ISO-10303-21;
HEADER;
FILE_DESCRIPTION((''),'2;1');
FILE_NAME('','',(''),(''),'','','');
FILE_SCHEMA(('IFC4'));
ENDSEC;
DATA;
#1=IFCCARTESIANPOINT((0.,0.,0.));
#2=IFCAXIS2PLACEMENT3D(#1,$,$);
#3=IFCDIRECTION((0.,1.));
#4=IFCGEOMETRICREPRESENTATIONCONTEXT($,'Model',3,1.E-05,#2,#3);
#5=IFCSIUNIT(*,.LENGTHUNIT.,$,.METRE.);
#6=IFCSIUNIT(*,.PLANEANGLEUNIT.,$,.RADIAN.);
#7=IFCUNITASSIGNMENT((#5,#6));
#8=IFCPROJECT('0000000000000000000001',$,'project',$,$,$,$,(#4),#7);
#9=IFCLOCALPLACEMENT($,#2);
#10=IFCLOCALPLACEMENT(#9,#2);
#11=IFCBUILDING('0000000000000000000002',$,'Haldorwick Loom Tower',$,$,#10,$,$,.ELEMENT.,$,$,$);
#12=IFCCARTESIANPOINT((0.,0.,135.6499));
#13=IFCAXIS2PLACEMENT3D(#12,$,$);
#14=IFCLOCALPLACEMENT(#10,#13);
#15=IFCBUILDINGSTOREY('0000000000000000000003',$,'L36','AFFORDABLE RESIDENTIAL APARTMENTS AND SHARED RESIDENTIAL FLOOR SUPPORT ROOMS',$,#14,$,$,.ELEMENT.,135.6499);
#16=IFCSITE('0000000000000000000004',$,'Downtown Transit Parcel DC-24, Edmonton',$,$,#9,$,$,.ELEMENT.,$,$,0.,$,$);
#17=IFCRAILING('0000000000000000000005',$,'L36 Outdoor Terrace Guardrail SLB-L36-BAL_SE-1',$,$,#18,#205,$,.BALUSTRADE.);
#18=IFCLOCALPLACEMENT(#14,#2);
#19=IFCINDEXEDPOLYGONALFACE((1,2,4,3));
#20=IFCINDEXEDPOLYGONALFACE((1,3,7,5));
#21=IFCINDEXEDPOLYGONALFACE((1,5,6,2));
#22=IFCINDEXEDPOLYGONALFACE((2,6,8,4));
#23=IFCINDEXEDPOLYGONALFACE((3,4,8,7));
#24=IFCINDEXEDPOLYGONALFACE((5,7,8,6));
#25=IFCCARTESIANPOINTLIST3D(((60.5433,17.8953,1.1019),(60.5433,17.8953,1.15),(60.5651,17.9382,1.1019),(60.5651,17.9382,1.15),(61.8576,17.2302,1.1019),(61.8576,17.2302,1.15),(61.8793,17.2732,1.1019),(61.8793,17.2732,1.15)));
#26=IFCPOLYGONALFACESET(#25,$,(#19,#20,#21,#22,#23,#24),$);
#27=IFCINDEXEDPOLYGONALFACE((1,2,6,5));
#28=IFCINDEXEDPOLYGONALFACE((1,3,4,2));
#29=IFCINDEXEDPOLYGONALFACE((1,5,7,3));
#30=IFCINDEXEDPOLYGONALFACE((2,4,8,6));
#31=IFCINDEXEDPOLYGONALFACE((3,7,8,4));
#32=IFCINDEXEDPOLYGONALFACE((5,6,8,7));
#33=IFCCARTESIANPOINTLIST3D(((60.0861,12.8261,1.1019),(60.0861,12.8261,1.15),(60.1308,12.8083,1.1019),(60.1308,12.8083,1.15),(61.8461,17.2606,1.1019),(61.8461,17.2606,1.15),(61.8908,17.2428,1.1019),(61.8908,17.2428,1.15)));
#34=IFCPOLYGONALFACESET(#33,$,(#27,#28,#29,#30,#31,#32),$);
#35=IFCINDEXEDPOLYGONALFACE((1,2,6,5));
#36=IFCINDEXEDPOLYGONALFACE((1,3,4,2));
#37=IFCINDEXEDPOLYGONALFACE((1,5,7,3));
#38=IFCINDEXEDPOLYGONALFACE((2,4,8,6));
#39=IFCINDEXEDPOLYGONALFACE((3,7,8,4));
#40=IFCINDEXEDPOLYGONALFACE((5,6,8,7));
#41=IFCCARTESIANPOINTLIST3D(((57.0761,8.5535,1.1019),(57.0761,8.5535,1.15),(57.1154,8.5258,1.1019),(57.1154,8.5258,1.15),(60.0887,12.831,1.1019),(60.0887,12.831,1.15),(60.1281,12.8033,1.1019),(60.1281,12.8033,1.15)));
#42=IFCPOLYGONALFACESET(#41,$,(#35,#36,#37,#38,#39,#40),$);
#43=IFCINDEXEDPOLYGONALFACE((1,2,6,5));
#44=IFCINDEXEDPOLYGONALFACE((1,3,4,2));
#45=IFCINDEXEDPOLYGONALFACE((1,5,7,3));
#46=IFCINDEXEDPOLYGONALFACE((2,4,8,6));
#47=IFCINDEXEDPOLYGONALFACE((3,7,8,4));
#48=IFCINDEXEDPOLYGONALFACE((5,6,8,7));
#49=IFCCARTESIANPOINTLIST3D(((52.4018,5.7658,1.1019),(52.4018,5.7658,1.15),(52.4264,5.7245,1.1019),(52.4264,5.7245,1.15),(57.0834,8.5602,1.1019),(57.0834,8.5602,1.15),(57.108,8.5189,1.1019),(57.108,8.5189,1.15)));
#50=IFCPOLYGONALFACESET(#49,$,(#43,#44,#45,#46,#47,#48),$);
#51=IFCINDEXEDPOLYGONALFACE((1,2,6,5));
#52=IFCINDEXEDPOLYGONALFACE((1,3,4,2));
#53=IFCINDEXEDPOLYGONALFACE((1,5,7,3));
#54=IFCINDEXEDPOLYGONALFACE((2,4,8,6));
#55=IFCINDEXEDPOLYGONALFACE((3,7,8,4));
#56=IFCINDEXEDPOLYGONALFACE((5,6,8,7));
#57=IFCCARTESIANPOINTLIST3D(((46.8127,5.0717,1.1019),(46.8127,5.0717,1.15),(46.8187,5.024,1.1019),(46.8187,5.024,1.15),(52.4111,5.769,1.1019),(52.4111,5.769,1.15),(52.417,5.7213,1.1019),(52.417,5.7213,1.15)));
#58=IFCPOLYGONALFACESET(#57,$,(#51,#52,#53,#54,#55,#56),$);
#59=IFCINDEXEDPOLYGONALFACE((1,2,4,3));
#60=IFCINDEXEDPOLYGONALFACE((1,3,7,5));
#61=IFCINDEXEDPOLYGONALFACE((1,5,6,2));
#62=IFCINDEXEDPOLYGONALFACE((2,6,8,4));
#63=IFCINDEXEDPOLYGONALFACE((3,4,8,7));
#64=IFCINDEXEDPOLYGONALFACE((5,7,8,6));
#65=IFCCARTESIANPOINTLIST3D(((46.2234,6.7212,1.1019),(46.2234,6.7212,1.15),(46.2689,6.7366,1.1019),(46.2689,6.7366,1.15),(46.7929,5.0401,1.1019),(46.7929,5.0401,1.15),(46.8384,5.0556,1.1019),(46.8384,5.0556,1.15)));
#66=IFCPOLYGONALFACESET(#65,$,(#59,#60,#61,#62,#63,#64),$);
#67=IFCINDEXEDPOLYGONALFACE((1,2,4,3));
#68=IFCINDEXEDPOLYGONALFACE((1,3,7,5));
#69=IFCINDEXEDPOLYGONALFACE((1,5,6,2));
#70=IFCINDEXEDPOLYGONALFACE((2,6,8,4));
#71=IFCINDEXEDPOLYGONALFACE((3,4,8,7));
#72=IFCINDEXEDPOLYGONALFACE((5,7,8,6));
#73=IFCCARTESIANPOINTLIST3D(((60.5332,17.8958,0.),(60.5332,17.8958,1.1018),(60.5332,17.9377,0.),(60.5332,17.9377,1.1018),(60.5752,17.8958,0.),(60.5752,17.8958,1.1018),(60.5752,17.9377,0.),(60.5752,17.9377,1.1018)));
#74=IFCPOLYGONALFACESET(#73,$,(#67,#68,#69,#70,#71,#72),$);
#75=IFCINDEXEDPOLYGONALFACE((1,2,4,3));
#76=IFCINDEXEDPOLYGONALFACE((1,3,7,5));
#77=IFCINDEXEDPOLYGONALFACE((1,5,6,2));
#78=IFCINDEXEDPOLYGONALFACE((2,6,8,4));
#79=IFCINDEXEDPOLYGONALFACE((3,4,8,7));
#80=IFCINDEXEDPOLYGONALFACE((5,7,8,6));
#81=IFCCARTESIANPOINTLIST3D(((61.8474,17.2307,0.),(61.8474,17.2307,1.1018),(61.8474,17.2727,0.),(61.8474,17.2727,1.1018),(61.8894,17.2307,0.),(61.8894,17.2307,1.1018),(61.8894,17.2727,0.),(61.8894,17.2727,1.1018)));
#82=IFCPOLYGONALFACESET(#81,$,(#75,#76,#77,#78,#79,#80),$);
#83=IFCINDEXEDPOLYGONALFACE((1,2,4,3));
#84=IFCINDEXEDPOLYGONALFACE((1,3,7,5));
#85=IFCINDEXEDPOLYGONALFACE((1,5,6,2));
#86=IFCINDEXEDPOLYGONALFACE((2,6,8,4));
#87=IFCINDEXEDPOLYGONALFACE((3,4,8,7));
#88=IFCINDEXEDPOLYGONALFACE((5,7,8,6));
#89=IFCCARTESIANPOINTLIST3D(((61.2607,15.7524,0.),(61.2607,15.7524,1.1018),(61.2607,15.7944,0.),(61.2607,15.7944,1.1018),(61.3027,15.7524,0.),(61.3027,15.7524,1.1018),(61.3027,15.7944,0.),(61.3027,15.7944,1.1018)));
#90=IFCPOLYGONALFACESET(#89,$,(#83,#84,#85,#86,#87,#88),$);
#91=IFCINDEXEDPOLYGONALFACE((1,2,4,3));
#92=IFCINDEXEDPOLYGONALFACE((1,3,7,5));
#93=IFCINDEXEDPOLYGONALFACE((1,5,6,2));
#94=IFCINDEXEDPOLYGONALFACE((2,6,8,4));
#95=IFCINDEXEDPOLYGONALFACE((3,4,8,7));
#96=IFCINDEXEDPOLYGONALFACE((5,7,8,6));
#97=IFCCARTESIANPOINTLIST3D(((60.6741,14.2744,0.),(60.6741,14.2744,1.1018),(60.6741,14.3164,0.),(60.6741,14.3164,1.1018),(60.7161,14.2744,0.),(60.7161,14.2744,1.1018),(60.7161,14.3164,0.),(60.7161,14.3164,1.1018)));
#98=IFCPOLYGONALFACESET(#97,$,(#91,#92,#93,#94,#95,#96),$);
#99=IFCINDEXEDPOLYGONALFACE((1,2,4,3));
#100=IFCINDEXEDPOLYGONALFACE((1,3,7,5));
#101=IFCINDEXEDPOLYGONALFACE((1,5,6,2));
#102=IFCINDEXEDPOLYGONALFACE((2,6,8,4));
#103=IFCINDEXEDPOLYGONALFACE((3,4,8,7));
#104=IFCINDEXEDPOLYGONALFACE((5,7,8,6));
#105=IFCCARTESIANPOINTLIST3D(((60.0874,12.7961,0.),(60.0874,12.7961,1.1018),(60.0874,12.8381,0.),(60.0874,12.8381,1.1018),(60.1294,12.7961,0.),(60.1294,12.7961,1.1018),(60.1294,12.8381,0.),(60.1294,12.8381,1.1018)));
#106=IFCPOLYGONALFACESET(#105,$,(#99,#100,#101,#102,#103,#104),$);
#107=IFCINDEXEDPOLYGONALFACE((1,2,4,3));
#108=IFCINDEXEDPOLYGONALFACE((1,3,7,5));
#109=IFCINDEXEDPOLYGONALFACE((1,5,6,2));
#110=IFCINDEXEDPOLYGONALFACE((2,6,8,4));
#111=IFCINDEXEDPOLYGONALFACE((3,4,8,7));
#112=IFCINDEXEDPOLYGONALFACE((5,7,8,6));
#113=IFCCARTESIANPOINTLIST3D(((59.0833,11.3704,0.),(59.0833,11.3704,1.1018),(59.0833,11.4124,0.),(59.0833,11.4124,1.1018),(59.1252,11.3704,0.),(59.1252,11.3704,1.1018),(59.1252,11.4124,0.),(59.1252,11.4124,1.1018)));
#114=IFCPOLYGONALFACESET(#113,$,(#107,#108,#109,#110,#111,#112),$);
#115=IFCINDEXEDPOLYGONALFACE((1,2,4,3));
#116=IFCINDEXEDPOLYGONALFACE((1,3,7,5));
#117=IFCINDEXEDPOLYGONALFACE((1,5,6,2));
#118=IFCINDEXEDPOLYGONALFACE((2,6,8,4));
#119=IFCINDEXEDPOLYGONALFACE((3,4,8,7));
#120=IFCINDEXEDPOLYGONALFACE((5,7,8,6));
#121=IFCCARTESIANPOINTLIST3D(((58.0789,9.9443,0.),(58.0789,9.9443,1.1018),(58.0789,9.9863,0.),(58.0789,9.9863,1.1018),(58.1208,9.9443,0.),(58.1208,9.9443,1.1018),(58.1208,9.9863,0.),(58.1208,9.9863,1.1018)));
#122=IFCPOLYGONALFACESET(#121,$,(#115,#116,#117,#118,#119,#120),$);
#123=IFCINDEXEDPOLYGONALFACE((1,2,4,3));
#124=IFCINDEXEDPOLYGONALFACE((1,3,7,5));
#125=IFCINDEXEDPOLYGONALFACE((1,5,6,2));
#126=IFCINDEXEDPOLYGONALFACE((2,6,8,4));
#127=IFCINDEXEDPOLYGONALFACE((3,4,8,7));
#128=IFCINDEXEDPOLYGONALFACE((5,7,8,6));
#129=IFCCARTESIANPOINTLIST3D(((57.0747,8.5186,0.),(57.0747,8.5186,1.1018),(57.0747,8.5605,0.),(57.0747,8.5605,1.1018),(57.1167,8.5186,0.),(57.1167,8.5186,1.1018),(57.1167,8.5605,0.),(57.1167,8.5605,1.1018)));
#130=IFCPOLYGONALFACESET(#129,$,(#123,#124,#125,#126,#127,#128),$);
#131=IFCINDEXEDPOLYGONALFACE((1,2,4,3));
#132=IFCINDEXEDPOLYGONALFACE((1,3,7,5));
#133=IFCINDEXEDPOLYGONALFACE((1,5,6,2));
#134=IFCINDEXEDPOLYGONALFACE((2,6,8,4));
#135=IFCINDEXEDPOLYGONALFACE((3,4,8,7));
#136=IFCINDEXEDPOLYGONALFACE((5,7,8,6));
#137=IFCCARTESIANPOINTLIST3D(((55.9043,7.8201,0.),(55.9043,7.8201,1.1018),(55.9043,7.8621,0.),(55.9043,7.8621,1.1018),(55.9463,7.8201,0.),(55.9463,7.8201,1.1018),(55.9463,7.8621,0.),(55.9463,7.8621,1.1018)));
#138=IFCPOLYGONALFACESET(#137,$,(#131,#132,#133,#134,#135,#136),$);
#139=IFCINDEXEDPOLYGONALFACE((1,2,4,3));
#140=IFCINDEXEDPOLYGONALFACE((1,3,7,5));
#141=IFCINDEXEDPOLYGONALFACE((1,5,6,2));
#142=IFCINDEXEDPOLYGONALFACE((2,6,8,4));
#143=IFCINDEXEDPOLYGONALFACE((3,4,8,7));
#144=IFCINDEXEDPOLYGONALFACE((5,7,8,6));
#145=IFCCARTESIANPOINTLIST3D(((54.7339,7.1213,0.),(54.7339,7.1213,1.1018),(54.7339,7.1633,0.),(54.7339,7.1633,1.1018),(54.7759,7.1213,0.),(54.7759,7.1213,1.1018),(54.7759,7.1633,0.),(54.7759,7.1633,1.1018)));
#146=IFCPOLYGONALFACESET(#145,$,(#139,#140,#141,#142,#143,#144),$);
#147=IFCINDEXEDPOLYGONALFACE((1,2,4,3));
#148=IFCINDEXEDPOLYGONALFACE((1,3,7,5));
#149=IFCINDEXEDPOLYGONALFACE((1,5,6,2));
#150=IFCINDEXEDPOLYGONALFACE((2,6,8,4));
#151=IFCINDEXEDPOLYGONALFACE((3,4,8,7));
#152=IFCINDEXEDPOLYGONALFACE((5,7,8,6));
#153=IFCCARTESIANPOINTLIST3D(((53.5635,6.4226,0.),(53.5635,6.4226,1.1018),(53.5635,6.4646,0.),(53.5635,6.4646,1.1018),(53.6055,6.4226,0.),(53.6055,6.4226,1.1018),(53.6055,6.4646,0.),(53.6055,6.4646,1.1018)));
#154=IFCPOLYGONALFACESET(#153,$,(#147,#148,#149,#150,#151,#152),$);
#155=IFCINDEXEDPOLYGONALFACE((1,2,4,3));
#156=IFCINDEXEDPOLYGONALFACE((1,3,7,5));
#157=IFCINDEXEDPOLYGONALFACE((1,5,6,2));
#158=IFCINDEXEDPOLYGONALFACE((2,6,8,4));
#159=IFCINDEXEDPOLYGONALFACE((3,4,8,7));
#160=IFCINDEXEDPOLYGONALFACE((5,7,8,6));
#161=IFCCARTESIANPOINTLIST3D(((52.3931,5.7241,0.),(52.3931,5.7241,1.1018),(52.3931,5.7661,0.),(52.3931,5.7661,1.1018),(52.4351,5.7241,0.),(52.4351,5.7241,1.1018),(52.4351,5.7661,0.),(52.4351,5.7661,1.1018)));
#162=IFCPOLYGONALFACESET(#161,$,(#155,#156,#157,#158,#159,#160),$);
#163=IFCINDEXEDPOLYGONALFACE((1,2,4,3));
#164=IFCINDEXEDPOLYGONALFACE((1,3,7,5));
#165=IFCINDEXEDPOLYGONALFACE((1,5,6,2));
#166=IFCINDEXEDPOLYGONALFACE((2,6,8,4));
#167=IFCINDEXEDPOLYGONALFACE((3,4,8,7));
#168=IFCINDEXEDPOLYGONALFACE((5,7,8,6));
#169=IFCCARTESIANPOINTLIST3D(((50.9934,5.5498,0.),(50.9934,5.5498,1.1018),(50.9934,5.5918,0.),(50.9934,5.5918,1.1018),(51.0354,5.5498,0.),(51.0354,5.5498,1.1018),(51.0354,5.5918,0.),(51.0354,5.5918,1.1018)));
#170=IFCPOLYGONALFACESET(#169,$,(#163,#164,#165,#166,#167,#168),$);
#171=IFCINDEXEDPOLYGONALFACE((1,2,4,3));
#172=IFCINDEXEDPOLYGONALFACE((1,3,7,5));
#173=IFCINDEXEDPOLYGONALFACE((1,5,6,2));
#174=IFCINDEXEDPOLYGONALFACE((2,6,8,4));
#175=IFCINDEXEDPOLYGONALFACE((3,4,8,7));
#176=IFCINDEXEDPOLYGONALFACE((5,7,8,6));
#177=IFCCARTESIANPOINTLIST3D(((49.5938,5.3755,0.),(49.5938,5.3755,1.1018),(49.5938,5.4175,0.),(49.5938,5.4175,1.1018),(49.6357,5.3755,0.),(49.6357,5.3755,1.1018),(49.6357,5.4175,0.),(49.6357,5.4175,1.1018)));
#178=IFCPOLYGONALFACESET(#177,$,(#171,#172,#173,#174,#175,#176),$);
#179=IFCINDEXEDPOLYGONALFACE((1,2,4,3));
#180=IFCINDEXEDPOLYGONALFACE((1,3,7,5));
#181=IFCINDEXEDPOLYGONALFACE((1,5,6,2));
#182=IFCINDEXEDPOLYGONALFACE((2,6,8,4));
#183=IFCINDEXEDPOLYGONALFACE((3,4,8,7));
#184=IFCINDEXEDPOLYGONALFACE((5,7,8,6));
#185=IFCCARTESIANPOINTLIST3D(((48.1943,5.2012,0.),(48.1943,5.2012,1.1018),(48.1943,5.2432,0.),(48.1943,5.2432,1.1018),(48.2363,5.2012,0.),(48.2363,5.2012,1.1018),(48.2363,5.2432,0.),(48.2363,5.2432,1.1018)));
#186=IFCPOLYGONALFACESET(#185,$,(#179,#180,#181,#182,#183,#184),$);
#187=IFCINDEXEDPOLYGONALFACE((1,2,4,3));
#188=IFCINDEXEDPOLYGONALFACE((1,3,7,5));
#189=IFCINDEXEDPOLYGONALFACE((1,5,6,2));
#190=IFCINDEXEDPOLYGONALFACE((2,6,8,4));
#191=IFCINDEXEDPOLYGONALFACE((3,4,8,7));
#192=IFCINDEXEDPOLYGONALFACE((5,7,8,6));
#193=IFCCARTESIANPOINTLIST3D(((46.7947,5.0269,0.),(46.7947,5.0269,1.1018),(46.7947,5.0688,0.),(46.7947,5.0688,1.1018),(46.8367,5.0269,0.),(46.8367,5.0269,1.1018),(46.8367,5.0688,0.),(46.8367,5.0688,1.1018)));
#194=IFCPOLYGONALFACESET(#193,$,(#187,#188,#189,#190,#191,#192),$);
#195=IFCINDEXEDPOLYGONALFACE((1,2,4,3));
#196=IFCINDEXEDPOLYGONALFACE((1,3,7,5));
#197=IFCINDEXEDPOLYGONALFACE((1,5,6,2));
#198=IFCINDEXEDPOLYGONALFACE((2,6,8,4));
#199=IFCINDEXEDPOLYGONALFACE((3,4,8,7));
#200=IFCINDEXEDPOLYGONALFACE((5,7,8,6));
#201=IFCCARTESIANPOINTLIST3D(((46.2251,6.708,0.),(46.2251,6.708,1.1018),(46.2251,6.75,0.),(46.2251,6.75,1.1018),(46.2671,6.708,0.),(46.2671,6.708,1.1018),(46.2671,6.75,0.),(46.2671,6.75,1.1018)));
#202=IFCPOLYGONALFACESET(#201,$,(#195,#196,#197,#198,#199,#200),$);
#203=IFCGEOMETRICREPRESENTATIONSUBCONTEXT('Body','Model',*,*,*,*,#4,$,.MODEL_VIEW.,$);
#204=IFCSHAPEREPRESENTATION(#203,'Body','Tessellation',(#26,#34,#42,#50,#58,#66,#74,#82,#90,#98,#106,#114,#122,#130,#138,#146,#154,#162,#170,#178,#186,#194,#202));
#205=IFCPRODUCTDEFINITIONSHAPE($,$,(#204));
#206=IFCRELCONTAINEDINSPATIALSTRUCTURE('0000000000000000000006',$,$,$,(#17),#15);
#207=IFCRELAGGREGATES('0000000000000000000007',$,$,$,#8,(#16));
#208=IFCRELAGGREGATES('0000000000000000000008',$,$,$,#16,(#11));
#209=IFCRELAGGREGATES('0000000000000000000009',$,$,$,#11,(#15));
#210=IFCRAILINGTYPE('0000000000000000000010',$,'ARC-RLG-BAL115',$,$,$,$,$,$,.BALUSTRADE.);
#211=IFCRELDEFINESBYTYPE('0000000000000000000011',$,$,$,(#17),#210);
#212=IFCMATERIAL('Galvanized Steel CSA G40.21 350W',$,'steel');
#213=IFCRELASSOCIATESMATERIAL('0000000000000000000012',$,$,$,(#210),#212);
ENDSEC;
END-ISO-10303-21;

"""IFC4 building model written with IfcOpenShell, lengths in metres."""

from ifc_helpers import new_model, si_unit, direction, frame, origin, origin_2d, place, context, subcontext, project, spatial, rectangle, extrude, material, type_object, element, save


model = new_model("IFC4")

# Units and contexts
model_context = context("Model", 3, precision=1e-05, world=origin(), true_north=direction((0.0, 1.0)))
body_context = subcontext(model_context, "Body", "Model", "MODEL_VIEW")
ifc_project = project(units=[si_unit("LENGTHUNIT", "METRE"), si_unit("PLANEANGLEUNIT", "RADIAN")], contexts=[model_context])

# Site, building, storey
site_placement = place(None, origin())
site = spatial("IfcSite", under=ifc_project, at=site_placement, Name="Downtown Transit Parcel DC-24, Edmonton", CompositionType="ELEMENT", RefElevation=0.0)
building_placement = place(site_placement, origin())
building = spatial("IfcBuilding", under=site, at=building_placement, Name="Haldorwick Loom Tower", CompositionType="ELEMENT")
storey_placement = place(building_placement, frame((0.0, 0.0, 135.6499)))
storey = spatial("IfcBuildingStorey", under=building, at=storey_placement, Name="L36", Description="AFFORDABLE RESIDENTIAL APARTMENTS AND SHARED RESIDENTIAL FLOOR SUPPORT ROOMS", CompositionType="ELEMENT", Elevation=135.6499)

# Railing
ifc_material_1 = material(Name="Galvanized Steel CSA G40.21 350W", Category="steel")
railing_type = type_object("IfcRailingType", Name="ARC-RLG-BAL115", PredefinedType="BALUSTRADE", material=ifc_material_1)
railing_placement = place(storey_placement, frame((60.5542, 17.9167, 0.0)))
element("IfcRailing", 1, at=railing_placement, inside=storey, type_object=railing_type, Name="L36 Outdoor Terrace Guardrail SLB-L36-BAL_SE-1", PredefinedType="BALUSTRADE", context=body_context, shape_type="SweptSolid", body=[
    extrude(rectangle(XDim=0.0481, YDim=0.0481, at=origin_2d()), frame((0.0, 0.0, 1.126), z_axis=(0.892262, -0.451518, 0.0), x_axis=(0.451518, 0.892262, 0.0)), (0.0, 0.0, 1.0), 1.4729),
    extrude(rectangle(XDim=0.0481, YDim=0.0481, at=origin_2d()), frame((1.3142, -0.665, 1.126), z_axis=(-0.368893, -0.929472, 0.0), x_axis=(0.929472, -0.368893, 0.0)), (0.0, 0.0, 1.0), 4.771),
    extrude(rectangle(XDim=0.0481, YDim=0.0481, at=origin_2d()), frame((-0.4458, -5.0996, 1.126), z_axis=(-0.575818, -0.817578, 0.0), x_axis=(0.817578, -0.575818, 0.0)), (0.0, 0.0, 1.0), 5.2319),
    extrude(rectangle(XDim=0.0481, YDim=0.0481, at=origin_2d()), frame((-3.4585, -9.3772, 1.126), z_axis=(-0.858668, -0.512532, 0.0), x_axis=(0.512532, -0.858668, 0.0)), (0.0, 0.0, 1.0), 5.4521),
    extrude(rectangle(XDim=0.0481, YDim=0.0481, at=origin_2d()), frame((-8.1401, -12.1716, 1.126), z_axis=(-0.992333, -0.123593, 0.0), x_axis=(0.123593, -0.992333, 0.0)), (0.0, 0.0, 1.0), 5.6416),
    extrude(rectangle(XDim=0.0481, YDim=0.0481, at=origin_2d()), frame((-13.7385, -12.8689, 1.126), z_axis=(-0.320887, 0.947118, 0.0), x_axis=(-0.947118, -0.320887, 0.0)), (0.0, 0.0, 1.0), 1.7749),
    extrude(rectangle(XDim=0.042, YDim=0.042, at=origin_2d()), origin(), (0.0, 0.0, 1.0), 1.1018),
    extrude(rectangle(XDim=0.042, YDim=0.042, at=origin_2d()), frame((1.3142, -0.665, 0.0)), (0.0, 0.0, 1.0), 1.1018),
    extrude(rectangle(XDim=0.042, YDim=0.042, at=origin_2d()), frame((0.7275, -2.1433, 0.0)), (0.0, 0.0, 1.0), 1.1018),
    extrude(rectangle(XDim=0.042, YDim=0.042, at=origin_2d()), frame((0.1409, -3.6213, 0.0)), (0.0, 0.0, 1.0), 1.1018),
    extrude(rectangle(XDim=0.042, YDim=0.042, at=origin_2d()), frame((-0.4458, -5.0996, 0.0)), (0.0, 0.0, 1.0), 1.1018),
    extrude(rectangle(XDim=0.042, YDim=0.042, at=origin_2d()), frame((-1.45, -6.5254, 0.0)), (0.0, 0.0, 1.0), 1.1018),
    extrude(rectangle(XDim=0.042, YDim=0.042, at=origin_2d()), frame((-2.4543, -7.9514, 0.0)), (0.0, 0.0, 1.0), 1.1018),
    extrude(rectangle(XDim=0.042, YDim=0.042, at=origin_2d()), frame((-3.4585, -9.3772, 0.0)), (0.0, 0.0, 1.0), 1.1018),
    extrude(rectangle(XDim=0.042, YDim=0.042, at=origin_2d()), frame((-4.6289, -10.0757, 0.0)), (0.0, 0.0, 1.0), 1.1018),
    extrude(rectangle(XDim=0.042, YDim=0.042, at=origin_2d()), frame((-5.7993, -10.7744, 0.0)), (0.0, 0.0, 1.0), 1.1018),
    extrude(rectangle(XDim=0.042, YDim=0.042, at=origin_2d()), frame((-6.9697, -11.4731, 0.0)), (0.0, 0.0, 1.0), 1.1018),
    extrude(rectangle(XDim=0.042, YDim=0.042, at=origin_2d()), frame((-8.1401, -12.1716, 0.0)), (0.0, 0.0, 1.0), 1.1018),
    extrude(rectangle(XDim=0.042, YDim=0.042, at=origin_2d()), frame((-9.5398, -12.3459, 0.0)), (0.0, 0.0, 1.0), 1.1018),
    extrude(rectangle(XDim=0.042, YDim=0.042, at=origin_2d()), frame((-10.9395, -12.5203, 0.0)), (0.0, 0.0, 1.0), 1.1018),
    extrude(rectangle(XDim=0.042, YDim=0.042, at=origin_2d()), frame((-12.3389, -12.6946, 0.0)), (0.0, 0.0, 1.0), 1.1018),
    extrude(rectangle(XDim=0.042, YDim=0.042, at=origin_2d()), frame((-13.7385, -12.8689, 0.0)), (0.0, 0.0, 1.0), 1.1018),
    extrude(rectangle(XDim=0.042, YDim=0.042, at=origin_2d()), frame((-14.3081, -11.1877, 0.0)), (0.0, 0.0, 1.0), 1.1018),
])

save(model, "model.ifc")
